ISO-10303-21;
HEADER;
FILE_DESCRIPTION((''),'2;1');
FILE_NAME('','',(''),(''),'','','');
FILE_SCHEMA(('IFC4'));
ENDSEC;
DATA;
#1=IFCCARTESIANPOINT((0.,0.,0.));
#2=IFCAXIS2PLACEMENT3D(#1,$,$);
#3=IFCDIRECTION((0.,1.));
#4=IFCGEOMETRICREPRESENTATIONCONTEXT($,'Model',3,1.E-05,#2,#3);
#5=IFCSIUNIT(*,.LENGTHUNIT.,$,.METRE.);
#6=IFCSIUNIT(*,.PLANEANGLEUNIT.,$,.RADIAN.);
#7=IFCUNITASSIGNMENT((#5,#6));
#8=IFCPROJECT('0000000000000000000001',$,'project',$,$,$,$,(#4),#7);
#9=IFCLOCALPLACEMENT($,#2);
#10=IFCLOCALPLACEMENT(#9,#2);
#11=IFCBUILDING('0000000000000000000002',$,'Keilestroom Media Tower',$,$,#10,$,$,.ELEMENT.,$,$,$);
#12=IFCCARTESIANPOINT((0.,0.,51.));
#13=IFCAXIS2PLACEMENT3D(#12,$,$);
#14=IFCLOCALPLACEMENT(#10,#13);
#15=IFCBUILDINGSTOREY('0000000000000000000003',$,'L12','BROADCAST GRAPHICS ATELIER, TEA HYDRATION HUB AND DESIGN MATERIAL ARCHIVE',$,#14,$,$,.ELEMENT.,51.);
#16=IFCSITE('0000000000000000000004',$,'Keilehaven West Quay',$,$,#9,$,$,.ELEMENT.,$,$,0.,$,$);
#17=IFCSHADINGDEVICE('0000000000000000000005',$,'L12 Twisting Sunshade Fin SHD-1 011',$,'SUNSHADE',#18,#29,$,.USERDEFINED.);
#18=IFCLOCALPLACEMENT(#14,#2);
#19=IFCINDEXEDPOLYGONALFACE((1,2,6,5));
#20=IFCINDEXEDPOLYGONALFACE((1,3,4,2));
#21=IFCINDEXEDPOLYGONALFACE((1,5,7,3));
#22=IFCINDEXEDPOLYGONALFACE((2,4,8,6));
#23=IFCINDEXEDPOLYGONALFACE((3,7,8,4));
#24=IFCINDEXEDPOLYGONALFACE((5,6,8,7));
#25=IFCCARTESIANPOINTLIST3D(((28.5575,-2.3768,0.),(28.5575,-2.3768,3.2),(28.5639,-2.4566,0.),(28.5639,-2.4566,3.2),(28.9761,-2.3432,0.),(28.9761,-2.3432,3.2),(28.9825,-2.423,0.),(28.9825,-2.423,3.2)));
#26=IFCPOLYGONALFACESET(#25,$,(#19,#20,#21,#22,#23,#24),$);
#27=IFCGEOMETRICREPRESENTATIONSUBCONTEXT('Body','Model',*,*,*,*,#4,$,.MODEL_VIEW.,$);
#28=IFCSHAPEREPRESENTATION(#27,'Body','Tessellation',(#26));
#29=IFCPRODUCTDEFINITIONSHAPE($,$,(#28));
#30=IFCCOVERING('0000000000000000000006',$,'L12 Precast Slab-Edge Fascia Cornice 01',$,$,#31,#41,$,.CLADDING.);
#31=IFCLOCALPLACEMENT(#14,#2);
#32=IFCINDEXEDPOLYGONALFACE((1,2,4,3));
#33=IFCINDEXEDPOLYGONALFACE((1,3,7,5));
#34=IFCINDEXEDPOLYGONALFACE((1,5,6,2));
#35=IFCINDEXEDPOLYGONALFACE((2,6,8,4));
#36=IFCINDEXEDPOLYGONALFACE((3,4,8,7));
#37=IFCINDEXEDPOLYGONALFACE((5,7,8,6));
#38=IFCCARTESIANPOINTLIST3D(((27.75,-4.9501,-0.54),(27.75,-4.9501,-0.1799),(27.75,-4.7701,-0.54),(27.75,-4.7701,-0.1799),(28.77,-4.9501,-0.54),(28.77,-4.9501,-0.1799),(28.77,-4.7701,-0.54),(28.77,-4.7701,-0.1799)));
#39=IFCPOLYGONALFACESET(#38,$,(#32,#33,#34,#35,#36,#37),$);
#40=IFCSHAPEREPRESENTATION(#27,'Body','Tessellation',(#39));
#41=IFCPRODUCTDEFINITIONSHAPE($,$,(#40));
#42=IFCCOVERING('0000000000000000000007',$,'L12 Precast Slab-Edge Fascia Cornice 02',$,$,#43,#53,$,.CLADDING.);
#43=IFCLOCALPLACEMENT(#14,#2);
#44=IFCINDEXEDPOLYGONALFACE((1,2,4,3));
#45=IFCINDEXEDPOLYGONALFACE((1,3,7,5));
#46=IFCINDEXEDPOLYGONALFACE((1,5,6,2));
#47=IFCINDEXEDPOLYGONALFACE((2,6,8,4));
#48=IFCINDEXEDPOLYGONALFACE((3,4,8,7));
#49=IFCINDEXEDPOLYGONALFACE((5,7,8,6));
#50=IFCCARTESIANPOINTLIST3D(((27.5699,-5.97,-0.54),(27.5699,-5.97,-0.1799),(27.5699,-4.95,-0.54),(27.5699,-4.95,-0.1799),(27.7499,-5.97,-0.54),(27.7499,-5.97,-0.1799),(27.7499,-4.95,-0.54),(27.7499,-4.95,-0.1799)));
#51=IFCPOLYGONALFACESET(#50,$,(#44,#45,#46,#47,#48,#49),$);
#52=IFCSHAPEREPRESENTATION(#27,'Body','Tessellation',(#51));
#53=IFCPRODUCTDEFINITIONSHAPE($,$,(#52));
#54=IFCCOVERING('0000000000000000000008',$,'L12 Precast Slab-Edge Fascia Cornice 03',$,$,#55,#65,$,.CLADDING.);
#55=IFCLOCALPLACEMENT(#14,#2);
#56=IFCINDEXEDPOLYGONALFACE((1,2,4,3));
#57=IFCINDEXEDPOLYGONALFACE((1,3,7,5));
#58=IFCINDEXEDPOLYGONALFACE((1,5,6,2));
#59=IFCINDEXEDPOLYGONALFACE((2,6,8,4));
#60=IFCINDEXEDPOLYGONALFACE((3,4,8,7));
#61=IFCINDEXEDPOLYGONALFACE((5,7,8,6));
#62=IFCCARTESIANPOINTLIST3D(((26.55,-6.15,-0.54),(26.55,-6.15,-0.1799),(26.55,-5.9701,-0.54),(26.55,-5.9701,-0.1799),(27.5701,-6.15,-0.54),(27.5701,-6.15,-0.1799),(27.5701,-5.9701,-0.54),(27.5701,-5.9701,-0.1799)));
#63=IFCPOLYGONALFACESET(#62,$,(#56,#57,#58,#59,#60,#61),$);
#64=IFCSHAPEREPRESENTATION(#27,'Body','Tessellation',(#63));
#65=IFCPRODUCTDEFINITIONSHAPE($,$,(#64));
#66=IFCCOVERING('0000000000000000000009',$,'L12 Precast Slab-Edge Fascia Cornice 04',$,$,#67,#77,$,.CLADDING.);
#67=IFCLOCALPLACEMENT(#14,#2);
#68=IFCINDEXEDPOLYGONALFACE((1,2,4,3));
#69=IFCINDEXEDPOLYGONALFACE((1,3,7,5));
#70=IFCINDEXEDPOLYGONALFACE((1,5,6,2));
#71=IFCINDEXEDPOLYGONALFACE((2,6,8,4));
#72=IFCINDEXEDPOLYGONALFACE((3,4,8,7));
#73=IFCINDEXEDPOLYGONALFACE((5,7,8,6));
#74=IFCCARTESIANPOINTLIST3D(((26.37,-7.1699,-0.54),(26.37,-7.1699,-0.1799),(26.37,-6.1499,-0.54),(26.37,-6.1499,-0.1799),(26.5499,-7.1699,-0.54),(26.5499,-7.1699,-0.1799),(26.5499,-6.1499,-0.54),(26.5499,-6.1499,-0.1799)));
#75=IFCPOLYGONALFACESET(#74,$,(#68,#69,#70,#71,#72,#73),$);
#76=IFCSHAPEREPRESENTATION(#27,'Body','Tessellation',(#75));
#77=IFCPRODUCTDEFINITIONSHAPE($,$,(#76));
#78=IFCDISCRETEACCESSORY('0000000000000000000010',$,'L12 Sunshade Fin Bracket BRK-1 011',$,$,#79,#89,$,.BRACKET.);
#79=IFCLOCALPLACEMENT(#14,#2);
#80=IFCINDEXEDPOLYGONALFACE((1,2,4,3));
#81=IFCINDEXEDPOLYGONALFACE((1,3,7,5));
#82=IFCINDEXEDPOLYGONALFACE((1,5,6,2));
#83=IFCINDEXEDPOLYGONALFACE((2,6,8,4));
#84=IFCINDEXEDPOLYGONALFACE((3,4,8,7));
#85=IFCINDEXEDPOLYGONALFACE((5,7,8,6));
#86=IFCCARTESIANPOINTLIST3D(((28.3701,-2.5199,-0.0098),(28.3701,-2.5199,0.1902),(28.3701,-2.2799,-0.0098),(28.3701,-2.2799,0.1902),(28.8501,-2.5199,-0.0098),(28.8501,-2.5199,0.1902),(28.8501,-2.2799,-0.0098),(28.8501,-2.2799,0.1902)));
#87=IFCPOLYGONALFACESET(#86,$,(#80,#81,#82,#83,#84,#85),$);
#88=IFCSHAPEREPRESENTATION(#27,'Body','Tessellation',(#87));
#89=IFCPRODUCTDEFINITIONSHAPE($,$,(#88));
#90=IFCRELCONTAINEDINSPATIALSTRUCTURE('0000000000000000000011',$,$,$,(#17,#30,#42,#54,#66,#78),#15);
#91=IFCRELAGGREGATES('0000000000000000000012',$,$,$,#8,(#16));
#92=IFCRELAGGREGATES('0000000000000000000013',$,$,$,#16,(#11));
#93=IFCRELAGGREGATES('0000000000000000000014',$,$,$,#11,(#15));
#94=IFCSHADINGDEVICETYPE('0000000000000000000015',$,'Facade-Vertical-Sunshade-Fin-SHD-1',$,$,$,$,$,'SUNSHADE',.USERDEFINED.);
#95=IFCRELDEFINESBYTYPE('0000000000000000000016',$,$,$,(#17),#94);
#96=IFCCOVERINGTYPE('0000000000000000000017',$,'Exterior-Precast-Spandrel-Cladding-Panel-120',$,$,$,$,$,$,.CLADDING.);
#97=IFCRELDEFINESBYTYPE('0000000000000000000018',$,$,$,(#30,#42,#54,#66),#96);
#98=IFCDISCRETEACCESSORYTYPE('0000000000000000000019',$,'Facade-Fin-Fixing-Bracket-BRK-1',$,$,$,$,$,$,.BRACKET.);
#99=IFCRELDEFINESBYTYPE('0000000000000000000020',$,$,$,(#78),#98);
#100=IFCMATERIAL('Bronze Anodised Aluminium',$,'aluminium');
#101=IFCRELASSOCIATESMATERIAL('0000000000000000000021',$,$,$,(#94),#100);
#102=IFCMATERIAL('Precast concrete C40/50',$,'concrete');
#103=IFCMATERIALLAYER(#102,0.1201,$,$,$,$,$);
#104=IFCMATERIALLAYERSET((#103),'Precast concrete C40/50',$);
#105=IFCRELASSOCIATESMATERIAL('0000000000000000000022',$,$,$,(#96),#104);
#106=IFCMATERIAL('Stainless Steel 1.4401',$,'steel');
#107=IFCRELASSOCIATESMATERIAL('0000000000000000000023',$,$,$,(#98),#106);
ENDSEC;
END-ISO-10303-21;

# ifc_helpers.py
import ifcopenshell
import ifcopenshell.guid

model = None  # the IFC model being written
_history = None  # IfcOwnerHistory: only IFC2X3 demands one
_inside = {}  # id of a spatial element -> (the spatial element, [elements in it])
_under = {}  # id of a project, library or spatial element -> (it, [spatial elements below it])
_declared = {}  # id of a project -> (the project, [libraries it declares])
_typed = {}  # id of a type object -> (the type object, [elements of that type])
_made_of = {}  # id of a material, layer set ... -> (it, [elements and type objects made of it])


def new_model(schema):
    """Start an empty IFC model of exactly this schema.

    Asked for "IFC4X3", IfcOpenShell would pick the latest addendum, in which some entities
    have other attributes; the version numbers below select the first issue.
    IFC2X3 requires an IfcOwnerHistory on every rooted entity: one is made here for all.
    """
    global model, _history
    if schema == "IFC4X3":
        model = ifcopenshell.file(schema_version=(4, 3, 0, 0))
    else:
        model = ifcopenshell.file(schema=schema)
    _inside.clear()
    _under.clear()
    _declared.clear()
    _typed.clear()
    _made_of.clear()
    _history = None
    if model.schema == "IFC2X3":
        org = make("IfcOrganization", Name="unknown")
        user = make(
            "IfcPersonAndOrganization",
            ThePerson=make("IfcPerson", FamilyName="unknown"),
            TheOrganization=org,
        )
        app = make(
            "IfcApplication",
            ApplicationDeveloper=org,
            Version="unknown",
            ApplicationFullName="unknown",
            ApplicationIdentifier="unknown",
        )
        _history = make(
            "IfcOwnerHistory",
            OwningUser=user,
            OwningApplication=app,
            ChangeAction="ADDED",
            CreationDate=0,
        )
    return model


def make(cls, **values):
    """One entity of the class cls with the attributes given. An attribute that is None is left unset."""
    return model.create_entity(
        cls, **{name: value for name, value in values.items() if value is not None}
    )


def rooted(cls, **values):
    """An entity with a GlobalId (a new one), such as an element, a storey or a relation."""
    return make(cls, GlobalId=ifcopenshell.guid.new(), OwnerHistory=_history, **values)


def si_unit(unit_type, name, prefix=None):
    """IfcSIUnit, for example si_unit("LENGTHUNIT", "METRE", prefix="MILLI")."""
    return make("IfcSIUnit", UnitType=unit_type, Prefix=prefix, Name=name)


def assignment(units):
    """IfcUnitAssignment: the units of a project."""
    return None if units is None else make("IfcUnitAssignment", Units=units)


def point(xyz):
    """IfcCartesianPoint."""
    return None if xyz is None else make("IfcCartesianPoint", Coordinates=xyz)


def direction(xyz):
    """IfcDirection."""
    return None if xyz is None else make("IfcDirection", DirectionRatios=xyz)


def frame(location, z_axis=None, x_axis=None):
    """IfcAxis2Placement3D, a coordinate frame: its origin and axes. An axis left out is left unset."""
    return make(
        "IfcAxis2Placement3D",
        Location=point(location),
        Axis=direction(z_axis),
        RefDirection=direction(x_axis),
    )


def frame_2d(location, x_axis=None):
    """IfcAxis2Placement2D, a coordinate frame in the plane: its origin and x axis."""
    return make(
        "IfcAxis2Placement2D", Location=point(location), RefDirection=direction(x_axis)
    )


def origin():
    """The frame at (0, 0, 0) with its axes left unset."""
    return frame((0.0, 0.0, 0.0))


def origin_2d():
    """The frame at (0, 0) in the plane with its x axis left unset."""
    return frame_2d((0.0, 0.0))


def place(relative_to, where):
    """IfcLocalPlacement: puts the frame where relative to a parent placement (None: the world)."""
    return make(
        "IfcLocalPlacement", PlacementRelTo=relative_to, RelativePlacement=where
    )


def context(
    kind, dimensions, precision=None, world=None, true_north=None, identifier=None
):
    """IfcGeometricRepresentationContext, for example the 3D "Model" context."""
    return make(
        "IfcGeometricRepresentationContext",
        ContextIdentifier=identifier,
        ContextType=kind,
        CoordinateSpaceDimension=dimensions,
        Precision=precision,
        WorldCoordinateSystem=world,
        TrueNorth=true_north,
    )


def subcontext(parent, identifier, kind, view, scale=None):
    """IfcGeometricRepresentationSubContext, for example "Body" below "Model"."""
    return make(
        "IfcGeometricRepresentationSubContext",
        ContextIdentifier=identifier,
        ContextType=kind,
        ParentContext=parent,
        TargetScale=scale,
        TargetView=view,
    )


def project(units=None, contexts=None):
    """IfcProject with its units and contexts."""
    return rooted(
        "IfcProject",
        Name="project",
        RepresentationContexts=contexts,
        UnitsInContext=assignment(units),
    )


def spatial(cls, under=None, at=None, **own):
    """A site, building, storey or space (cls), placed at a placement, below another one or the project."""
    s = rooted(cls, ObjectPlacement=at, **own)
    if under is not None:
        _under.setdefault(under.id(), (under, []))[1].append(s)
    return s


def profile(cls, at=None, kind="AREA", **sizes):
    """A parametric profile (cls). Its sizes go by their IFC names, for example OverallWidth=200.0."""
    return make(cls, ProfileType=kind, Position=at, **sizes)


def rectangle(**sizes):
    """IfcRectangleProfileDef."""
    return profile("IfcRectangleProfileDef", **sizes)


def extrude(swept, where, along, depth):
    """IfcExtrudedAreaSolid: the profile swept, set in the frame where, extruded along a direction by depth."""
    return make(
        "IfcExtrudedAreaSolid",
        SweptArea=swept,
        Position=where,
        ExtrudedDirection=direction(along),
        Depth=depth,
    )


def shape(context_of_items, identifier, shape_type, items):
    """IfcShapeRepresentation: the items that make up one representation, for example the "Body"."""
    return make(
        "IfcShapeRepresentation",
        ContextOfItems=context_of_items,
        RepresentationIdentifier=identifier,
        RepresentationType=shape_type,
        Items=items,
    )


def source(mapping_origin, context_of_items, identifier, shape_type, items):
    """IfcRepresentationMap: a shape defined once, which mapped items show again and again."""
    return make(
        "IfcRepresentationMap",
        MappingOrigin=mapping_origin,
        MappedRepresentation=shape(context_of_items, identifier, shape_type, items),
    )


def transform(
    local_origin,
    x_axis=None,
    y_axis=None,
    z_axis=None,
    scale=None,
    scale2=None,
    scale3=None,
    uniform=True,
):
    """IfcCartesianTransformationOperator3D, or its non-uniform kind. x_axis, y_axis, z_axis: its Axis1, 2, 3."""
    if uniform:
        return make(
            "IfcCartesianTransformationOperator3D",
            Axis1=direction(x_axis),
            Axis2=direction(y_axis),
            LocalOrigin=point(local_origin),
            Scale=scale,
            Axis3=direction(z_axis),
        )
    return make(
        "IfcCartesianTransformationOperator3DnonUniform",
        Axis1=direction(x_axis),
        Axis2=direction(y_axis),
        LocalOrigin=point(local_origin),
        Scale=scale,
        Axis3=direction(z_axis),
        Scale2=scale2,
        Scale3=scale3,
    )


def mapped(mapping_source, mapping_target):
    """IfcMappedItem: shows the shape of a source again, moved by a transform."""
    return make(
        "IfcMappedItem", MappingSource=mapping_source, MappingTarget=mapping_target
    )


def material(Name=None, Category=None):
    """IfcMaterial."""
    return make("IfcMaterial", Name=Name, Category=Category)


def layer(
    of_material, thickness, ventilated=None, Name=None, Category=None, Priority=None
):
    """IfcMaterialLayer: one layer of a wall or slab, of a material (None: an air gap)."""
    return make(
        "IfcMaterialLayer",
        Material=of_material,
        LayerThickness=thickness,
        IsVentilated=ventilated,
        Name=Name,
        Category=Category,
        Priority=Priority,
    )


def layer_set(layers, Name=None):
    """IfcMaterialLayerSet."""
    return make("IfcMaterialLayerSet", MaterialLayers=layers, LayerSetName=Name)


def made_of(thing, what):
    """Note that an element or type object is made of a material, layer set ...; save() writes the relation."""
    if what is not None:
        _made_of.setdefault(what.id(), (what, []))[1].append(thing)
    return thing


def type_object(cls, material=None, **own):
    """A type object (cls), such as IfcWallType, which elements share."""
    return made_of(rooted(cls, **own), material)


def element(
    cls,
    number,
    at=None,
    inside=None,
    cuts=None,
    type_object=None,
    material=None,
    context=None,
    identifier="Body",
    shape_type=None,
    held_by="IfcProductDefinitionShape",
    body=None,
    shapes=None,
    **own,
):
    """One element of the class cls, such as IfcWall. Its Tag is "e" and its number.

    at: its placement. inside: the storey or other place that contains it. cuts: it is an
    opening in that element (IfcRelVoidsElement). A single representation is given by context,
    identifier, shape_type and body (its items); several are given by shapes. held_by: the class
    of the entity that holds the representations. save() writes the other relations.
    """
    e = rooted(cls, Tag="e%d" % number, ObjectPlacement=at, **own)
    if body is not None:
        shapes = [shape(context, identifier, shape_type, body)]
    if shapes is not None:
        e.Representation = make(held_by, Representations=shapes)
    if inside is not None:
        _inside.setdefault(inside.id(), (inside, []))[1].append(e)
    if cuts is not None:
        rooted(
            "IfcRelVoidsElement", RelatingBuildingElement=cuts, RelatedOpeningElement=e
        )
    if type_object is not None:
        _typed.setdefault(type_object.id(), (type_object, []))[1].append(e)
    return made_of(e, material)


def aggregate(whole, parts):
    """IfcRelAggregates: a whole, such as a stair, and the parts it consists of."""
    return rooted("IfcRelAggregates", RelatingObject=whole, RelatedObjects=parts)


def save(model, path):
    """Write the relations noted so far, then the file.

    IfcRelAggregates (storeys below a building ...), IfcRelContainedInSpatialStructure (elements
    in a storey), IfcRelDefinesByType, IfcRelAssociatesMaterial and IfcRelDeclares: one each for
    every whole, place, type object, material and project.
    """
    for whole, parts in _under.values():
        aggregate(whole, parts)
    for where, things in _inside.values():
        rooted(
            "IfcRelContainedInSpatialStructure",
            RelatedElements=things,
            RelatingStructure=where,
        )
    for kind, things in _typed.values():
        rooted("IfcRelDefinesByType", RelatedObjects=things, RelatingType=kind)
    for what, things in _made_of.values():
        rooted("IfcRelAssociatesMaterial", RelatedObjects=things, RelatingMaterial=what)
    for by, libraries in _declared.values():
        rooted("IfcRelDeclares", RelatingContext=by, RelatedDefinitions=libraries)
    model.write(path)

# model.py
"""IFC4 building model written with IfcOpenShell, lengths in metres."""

from ifc_helpers import new_model, si_unit, direction, frame, origin, origin_2d, place, context, subcontext, project, spatial, rectangle, extrude, source, transform, mapped, material, layer, layer_set, type_object, element, save


model = new_model("IFC4")

# Units and contexts
model_context = context("Model", 3, precision=1e-05, world=origin(), true_north=direction((0.0, 1.0)))
body_context = subcontext(model_context, "Body", "Model", "MODEL_VIEW")
ifc_project = project(units=[si_unit("LENGTHUNIT", "METRE"), si_unit("PLANEANGLEUNIT", "RADIAN")], contexts=[model_context])

# Site, building, storey
site_placement = place(None, origin())
site = spatial("IfcSite", under=ifc_project, at=site_placement, Name="Keilehaven West Quay", CompositionType="ELEMENT", RefElevation=0.0)
building_placement = place(site_placement, origin())
building = spatial("IfcBuilding", under=site, at=building_placement, Name="Keilestroom Media Tower", CompositionType="ELEMENT")
storey_placement = place(building_placement, frame((0.0, 0.0, 51.0)))
storey = spatial("IfcBuildingStorey", under=building, at=storey_placement, Name="L12", Description="BROADCAST GRAPHICS ATELIER, TEA HYDRATION HUB AND DESIGN MATERIAL ARCHIVE", CompositionType="ELEMENT", Elevation=51.0)

# Shared definitions
ifc_material_1 = material(Name="Precast concrete C40/50", Category="concrete")

# Shading device
ifc_material_2 = material(Name="Bronze Anodised Aluminium", Category="aluminium")
shading_device_type = type_object("IfcShadingDeviceType", Name="Facade-Vertical-Sunshade-Fin-SHD-1", ElementType="SUNSHADE", PredefinedType="USERDEFINED", material=ifc_material_2)
shared_shape_1 = source(origin(), body_context, "Body", "SweptSolid", [
    extrude(rectangle(XDim=0.4199, YDim=0.0801, at=origin_2d()), origin(), (0.0, 0.0, 1.0), 3.2),
])
shading_device_placement = place(storey_placement, frame((28.77, -2.3999, 0.0), z_axis=(0.0, 0.0, 1.0), x_axis=(0.996793, 0.080025, 0.0)))
element("IfcShadingDevice", 1, at=shading_device_placement, inside=storey, type_object=shading_device_type, Name="L12 Twisting Sunshade Fin SHD-1 011", ObjectType="SUNSHADE", PredefinedType="USERDEFINED", context=body_context, shape_type="MappedRepresentation", body=[
    mapped(shared_shape_1, transform((0.0, 0.0, 0.0), x_axis=(1.0, 0.0, 0.0), y_axis=(0.0, 1.0, 0.0), z_axis=(0.0, 0.0, 1.0), scale=1.0)),
])

# Coverings
ifc_layer_1 = layer(ifc_material_1, 0.1201)
ifc_layer_set_1 = layer_set([ifc_layer_1], Name="Precast concrete C40/50")
covering_type = type_object("IfcCoveringType", Name="Exterior-Precast-Spandrel-Cladding-Panel-120", PredefinedType="CLADDING", material=ifc_layer_set_1)
shared_shape_2 = source(origin(), body_context, "Body", "SweptSolid", [
    extrude(rectangle(XDim=1.02, YDim=0.1799, at=origin_2d()), origin(), (0.0, 0.0, 1.0), 0.3601),
])
for number, where, z_axis, x_axis, name in (
    (2, (28.26, -4.8601, -0.54), (0.0, 0.0, 1.0), (-1.0, 0.0, 0.0), "L12 Precast Slab-Edge Fascia Cornice 01"),
    (3, (27.6599, -5.46, -0.54), (0.0, 0.0, 1.0), (0.0, -1.0, 0.0), "L12 Precast Slab-Edge Fascia Cornice 02"),
    (4, (27.0601, -6.0601, -0.54), (0.0, 0.0, 1.0), (-1.0, 0.0, 0.0), "L12 Precast Slab-Edge Fascia Cornice 03"),
    (5, (26.46, -6.6599, -0.54), (0.0, 0.0, 1.0), (0.0, -1.0, 0.0), "L12 Precast Slab-Edge Fascia Cornice 04"),
):
    element("IfcCovering", number, at=place(storey_placement, frame(where, z_axis=z_axis, x_axis=x_axis)), inside=storey, type_object=covering_type, Name=name, PredefinedType="CLADDING", context=body_context, shape_type="MappedRepresentation", body=[
        mapped(shared_shape_2, transform((0.0, 0.0, 0.0), x_axis=(1.0, 0.0, 0.0), y_axis=(0.0, 1.0, 0.0), z_axis=(0.0, 0.0, 1.0), scale=1.0)),
    ])

# Discrete accessory
ifc_material_3 = material(Name="Stainless Steel 1.4401", Category="steel")
discrete_accessory_type = type_object("IfcDiscreteAccessoryType", Name="Facade-Fin-Fixing-Bracket-BRK-1", PredefinedType="BRACKET", material=ifc_material_3)
shared_shape_3 = source(origin(), body_context, "Body", "SweptSolid", [
    extrude(rectangle(XDim=0.48, YDim=0.24, at=origin_2d()), origin(), (0.0, 0.0, 1.0), 0.2),
])
discrete_accessory_placement = place(storey_placement, frame((28.6101, -2.3999, -0.0098), z_axis=(0.0, 0.0, 1.0), x_axis=(1.0, 0.0, 0.0)))
element("IfcDiscreteAccessory", 6, at=discrete_accessory_placement, inside=storey, type_object=discrete_accessory_type, Name="L12 Sunshade Fin Bracket BRK-1 011", PredefinedType="BRACKET", context=body_context, shape_type="MappedRepresentation", body=[
    mapped(shared_shape_3, transform((0.0, 0.0, 0.0), x_axis=(1.0, 0.0, 0.0), y_axis=(0.0, 1.0, 0.0), z_axis=(0.0, 0.0, 1.0), scale=1.0)),
])

save(model, "model.ifc")
